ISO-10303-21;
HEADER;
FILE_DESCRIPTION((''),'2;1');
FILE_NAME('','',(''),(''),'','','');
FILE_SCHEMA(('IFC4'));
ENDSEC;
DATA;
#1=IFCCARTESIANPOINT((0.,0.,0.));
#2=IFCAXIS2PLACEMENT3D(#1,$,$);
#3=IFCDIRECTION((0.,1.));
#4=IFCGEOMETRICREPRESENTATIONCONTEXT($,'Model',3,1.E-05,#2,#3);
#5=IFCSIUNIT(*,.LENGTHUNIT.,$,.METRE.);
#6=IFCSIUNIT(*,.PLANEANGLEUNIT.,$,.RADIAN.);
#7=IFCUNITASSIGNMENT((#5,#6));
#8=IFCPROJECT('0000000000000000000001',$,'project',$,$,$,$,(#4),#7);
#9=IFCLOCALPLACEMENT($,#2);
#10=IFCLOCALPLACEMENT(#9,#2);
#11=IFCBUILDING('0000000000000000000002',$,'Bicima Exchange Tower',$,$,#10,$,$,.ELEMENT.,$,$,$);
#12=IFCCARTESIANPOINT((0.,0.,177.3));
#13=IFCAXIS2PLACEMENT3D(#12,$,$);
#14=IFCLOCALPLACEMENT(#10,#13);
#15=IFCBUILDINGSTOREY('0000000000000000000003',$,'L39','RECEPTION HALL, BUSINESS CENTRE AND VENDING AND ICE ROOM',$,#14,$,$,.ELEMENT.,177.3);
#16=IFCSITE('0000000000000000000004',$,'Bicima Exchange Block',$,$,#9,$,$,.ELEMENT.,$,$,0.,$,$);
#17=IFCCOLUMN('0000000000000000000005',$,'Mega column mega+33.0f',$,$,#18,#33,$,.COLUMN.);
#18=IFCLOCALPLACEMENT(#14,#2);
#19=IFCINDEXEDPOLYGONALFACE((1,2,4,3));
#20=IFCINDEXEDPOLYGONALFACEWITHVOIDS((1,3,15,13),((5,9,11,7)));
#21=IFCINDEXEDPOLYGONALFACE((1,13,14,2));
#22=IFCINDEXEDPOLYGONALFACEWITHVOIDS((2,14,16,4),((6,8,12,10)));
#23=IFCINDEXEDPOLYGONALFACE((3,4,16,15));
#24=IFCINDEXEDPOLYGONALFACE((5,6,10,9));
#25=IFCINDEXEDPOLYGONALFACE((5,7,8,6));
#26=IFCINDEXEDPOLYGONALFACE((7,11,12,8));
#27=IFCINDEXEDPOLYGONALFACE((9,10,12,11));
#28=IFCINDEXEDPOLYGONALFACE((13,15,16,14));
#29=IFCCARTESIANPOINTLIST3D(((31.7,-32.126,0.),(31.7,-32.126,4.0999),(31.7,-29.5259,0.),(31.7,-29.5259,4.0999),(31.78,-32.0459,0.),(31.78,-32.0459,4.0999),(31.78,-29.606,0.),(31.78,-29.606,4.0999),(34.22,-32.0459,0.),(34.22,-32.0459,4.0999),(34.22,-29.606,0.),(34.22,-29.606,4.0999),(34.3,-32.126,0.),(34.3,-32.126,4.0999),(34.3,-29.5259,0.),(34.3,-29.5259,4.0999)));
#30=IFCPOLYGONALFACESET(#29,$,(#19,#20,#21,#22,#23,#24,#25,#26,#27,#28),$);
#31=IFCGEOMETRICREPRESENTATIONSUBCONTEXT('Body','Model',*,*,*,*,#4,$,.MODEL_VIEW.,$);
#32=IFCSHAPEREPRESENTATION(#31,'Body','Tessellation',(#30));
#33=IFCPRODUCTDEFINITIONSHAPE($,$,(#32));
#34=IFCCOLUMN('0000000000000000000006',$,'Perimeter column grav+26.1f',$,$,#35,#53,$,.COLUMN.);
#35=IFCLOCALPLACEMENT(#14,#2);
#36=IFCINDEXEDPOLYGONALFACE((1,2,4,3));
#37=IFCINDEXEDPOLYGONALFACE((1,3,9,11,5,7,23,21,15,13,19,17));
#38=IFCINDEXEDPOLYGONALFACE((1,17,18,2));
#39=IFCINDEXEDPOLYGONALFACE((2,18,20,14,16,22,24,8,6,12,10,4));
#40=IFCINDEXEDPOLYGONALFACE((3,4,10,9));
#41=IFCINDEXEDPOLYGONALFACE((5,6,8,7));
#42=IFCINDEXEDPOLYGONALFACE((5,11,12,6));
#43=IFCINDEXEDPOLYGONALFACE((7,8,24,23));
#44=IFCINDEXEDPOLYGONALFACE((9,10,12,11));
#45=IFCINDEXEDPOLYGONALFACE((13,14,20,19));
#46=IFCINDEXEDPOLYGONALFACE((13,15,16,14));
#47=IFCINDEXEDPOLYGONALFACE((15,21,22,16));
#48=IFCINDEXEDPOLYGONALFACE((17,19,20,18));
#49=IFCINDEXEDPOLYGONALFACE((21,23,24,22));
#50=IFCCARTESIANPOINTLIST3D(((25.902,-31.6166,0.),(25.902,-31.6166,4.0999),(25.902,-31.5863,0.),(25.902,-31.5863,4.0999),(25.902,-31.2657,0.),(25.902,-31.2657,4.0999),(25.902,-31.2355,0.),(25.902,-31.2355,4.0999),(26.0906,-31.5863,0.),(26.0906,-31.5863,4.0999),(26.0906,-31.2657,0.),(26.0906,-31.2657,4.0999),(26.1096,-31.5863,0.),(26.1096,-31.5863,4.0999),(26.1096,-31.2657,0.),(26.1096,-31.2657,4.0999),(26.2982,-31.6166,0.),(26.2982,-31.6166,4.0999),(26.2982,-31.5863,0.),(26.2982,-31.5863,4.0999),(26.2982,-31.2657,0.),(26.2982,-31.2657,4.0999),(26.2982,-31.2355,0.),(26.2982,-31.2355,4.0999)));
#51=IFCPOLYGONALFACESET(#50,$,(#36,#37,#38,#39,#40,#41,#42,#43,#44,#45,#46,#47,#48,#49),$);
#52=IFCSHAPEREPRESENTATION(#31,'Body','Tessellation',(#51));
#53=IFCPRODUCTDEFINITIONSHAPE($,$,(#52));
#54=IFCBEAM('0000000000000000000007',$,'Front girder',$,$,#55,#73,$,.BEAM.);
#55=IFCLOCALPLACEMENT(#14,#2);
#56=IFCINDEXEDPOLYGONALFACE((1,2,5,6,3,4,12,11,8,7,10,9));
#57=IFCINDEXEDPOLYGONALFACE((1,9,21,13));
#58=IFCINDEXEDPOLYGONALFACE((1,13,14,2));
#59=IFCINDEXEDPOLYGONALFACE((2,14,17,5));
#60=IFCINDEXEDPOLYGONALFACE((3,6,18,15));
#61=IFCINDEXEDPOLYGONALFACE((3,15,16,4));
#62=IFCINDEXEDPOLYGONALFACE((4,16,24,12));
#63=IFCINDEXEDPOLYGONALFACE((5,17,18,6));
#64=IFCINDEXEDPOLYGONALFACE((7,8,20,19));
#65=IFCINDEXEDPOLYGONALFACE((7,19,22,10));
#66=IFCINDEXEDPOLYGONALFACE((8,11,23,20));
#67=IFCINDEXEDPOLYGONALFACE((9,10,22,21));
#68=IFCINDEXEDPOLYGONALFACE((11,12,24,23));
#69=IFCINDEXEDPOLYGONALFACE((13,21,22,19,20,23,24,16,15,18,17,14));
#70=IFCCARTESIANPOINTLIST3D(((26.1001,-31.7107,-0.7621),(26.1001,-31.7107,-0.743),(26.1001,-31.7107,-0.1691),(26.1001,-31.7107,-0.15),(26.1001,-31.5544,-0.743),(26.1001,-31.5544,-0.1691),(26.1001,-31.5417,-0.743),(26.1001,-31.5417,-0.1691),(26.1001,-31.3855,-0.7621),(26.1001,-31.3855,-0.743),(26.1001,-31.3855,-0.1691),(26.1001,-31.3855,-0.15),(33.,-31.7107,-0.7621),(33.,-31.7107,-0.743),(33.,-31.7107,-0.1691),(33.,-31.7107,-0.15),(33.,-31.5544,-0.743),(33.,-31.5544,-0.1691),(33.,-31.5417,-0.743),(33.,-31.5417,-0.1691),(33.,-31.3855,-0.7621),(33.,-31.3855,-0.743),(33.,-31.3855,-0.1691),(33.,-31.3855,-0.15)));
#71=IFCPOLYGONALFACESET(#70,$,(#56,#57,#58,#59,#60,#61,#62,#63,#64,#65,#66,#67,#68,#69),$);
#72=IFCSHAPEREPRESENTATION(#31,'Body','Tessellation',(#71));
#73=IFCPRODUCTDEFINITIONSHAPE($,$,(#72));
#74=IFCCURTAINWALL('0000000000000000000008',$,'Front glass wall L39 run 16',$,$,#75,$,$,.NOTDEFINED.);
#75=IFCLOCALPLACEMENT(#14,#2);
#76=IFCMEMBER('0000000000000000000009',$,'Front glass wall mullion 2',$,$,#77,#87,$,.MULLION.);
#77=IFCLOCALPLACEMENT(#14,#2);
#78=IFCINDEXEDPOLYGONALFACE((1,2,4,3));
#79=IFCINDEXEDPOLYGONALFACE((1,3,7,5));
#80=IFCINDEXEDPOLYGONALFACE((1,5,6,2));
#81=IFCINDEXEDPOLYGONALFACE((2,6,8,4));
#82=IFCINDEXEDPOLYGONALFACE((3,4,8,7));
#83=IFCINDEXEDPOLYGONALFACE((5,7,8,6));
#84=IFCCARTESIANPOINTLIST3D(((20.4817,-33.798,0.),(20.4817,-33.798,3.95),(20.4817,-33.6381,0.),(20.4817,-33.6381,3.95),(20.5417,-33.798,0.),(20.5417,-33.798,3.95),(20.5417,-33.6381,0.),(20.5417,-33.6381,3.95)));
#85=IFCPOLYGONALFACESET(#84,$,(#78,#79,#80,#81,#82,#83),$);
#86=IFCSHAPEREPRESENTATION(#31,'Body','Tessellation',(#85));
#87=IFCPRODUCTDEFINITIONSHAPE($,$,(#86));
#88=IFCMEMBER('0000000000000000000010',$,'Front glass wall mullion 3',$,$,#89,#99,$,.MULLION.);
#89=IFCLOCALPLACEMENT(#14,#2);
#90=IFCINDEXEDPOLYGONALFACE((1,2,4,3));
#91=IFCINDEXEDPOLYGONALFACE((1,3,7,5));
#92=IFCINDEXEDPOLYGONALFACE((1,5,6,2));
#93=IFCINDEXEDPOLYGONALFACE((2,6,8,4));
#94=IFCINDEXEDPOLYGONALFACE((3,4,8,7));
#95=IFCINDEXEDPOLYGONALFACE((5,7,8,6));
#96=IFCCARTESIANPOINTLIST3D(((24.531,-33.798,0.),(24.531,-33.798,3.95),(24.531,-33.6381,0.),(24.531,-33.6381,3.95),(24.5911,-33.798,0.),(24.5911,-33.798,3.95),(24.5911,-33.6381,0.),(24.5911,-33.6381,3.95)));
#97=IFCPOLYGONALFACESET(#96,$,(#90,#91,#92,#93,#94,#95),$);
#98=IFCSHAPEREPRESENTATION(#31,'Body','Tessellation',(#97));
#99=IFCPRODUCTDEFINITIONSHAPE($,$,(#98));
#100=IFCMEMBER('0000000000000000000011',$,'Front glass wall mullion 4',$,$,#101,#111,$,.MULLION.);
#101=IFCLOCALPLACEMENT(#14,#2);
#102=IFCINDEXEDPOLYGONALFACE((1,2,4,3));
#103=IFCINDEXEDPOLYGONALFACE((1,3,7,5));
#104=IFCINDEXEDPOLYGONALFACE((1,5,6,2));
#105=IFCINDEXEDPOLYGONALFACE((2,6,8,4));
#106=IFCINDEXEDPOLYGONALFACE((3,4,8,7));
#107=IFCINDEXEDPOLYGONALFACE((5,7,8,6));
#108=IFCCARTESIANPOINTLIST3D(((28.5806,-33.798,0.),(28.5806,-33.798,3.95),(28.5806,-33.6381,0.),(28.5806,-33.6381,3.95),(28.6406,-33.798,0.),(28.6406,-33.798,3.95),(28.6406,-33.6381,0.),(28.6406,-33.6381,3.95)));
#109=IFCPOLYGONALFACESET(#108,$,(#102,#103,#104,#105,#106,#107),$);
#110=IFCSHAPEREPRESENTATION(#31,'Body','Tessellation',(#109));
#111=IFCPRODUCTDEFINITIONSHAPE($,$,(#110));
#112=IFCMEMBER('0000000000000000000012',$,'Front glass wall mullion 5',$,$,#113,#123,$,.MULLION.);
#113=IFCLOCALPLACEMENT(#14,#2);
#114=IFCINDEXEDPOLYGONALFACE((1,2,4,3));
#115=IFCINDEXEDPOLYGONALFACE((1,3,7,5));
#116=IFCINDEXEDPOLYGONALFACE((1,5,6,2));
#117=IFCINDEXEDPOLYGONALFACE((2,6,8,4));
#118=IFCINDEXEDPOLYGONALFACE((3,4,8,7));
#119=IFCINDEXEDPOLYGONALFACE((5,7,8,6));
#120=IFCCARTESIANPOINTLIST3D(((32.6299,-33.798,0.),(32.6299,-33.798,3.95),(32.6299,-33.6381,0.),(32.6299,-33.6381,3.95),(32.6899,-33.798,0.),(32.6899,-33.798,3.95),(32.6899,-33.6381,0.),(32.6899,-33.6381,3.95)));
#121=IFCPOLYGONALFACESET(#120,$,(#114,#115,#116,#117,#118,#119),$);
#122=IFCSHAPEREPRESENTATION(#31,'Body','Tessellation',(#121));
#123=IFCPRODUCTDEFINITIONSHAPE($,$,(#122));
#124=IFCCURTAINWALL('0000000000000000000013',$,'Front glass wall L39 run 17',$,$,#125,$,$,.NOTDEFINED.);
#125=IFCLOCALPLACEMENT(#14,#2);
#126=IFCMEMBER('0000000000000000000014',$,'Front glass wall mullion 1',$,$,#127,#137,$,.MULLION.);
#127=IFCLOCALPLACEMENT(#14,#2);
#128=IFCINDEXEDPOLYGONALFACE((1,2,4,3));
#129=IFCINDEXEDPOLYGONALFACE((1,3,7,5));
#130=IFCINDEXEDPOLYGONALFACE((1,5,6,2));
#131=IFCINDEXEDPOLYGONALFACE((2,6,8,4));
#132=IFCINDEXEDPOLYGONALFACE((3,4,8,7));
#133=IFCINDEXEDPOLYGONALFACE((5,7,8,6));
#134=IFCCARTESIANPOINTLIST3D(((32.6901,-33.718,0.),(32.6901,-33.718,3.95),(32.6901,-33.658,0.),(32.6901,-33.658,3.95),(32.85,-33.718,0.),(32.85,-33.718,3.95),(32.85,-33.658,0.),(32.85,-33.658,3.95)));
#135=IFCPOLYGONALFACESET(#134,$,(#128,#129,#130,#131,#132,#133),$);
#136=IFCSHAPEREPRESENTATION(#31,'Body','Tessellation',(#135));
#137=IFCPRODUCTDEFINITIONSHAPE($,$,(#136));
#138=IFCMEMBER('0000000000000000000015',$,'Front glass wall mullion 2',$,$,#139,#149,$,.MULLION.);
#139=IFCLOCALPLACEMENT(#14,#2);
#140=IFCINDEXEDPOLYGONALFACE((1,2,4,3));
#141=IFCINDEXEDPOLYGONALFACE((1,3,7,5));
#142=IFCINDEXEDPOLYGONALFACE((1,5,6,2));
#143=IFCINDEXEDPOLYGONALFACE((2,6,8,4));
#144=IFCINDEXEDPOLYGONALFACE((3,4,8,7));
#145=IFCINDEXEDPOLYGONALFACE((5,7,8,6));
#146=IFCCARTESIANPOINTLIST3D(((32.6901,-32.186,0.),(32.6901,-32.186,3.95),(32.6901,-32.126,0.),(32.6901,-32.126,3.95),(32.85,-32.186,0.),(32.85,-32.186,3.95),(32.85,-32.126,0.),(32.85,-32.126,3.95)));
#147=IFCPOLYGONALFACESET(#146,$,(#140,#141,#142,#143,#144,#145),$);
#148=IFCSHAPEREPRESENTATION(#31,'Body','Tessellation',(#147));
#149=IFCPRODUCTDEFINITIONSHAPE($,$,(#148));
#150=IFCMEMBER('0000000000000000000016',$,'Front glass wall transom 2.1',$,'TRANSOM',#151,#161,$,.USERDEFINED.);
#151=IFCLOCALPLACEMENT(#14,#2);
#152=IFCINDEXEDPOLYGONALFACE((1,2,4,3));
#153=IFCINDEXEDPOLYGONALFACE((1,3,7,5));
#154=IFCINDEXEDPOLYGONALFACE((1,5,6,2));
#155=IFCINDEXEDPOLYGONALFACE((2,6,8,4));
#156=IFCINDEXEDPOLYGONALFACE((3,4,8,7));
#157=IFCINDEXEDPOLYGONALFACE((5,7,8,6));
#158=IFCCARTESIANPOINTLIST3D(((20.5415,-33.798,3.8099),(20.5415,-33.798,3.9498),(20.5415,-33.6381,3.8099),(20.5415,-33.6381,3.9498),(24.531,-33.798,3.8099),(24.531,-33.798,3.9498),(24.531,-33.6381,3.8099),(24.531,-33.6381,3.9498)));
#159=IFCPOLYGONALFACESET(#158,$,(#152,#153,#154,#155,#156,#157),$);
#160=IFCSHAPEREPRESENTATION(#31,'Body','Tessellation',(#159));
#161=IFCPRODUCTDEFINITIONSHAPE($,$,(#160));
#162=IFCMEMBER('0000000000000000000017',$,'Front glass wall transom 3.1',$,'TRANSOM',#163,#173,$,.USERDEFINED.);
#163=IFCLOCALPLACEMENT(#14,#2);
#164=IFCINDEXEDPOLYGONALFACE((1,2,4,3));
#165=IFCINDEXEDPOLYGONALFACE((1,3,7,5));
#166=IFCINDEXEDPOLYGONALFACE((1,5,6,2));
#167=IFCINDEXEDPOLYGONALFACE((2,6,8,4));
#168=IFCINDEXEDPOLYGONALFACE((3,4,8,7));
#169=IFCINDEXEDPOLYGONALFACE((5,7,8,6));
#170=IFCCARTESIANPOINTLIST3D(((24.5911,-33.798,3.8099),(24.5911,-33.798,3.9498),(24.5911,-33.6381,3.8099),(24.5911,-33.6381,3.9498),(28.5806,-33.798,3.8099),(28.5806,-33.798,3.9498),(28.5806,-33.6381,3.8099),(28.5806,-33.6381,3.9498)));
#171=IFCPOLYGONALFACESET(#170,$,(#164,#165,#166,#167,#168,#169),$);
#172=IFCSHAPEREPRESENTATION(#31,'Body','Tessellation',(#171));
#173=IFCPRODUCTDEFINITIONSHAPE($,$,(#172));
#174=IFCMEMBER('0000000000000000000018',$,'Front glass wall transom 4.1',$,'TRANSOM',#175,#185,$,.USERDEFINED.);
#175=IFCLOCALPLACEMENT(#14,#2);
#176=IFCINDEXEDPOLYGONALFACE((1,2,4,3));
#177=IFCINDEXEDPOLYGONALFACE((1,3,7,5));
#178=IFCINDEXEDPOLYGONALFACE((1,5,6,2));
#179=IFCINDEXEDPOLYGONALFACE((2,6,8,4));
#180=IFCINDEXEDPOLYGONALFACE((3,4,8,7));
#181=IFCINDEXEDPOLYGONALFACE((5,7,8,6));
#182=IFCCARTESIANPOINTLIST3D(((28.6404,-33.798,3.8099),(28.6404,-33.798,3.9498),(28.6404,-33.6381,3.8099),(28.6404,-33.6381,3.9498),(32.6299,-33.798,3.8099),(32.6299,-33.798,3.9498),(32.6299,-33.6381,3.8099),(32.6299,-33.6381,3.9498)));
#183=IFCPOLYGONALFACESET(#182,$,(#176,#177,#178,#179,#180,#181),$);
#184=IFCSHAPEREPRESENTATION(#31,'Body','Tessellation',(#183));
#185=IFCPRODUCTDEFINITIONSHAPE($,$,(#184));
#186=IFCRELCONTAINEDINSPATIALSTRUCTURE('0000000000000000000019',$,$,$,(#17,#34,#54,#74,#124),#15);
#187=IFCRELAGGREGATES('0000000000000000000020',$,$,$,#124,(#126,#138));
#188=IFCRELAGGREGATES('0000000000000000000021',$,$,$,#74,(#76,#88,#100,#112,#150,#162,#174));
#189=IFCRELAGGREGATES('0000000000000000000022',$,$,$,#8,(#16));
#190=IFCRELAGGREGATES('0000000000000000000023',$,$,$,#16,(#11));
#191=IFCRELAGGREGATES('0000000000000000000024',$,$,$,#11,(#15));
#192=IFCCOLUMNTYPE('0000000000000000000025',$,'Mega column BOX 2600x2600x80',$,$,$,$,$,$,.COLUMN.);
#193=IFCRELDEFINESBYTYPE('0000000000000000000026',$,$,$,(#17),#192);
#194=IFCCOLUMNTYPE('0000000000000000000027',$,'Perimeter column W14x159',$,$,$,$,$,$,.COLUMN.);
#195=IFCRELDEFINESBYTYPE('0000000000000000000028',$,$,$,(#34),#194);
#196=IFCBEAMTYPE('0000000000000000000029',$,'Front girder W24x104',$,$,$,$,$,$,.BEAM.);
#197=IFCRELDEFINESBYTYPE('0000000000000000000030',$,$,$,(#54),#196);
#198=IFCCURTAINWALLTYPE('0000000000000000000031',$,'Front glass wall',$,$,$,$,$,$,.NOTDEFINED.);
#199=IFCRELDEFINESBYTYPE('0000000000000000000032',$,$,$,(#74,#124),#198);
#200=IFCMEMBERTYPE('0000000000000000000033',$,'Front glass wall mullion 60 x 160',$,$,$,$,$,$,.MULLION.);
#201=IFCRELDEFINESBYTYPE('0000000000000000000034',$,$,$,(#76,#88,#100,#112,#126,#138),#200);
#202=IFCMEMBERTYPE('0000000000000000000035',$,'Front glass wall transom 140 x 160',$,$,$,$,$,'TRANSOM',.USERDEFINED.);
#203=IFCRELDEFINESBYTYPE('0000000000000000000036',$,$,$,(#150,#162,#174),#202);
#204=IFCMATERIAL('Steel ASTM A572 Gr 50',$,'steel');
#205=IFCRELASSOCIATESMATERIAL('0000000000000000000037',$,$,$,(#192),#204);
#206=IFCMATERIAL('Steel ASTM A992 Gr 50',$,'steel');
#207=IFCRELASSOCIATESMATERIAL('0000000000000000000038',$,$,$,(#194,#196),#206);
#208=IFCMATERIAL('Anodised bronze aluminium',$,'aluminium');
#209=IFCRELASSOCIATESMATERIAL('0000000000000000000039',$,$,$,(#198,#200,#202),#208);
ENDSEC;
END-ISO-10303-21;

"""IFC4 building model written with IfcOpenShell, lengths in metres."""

from ifc_helpers import new_model, si_unit, direction, frame, origin, origin_2d, place, context, subcontext, project, spatial, rectangle, hollow_rectangle, i_section, extrude, material, material_profile, profile_set, type_object, element, aggregate, save


model = new_model("IFC4")

# Units and contexts
model_context = context("Model", 3, precision=1e-05, world=origin(), true_north=direction((0.0, 1.0)))
body_context = subcontext(model_context, "Body", "Model", "MODEL_VIEW")
ifc_project = project(units=[si_unit("LENGTHUNIT", "METRE"), si_unit("PLANEANGLEUNIT", "RADIAN")], contexts=[model_context])

# Site, building, storey
site_placement = place(None, origin())
site = spatial("IfcSite", under=ifc_project, at=site_placement, Name="Bicima Exchange Block", CompositionType="ELEMENT", RefElevation=0.0)
building_placement = place(site_placement, origin())
building = spatial("IfcBuilding", under=site, at=building_placement, Name="Bicima Exchange Tower", CompositionType="ELEMENT")
storey_placement = place(building_placement, frame((0.0, 0.0, 177.3)))
storey = spatial("IfcBuildingStorey", under=building, at=storey_placement, Name="L39", Description="RECEPTION HALL, BUSINESS CENTRE AND VENDING AND ICE ROOM", CompositionType="ELEMENT", Elevation=177.3)

# Columns
ifc_material_1 = material(Name="Steel ASTM A572 Gr 50", Category="steel")
ifc_material_profile_1 = material_profile(ifc_material_1, hollow_rectangle(XDim=2.6001, YDim=2.6001, WallThickness=0.0801, at=origin_2d()))
ifc_profile_set_1 = profile_set([ifc_material_profile_1], Name="Steel ASTM A572 Gr 50")
column_type_1 = type_object("IfcColumnType", Name="Mega column BOX 2600x2600x80", PredefinedType="COLUMN", material=ifc_profile_set_1)
column_1_placement = place(storey_placement, frame((33.0, -30.8259, 0.0), z_axis=(0.0, 0.0, 1.0), x_axis=(1.0, 0.0, 0.0)))
element("IfcColumn", 1, at=column_1_placement, inside=storey, type_object=column_type_1, Name="Mega column mega+33.0f", PredefinedType="COLUMN", context=body_context, shape_type="SweptSolid", body=[
    extrude(hollow_rectangle(XDim=2.6001, YDim=2.6001, WallThickness=0.0801, at=origin_2d()), origin(), (0.0, 0.0, 1.0), 4.0999),
])
ifc_material_2 = material(Name="Steel ASTM A992 Gr 50", Category="steel")
ifc_material_profile_2 = material_profile(ifc_material_2, i_section(OverallWidth=0.3962, OverallDepth=0.3811, WebThickness=0.019, FlangeThickness=0.0303, at=origin_2d()))
ifc_profile_set_2 = profile_set([ifc_material_profile_2], Name="Steel ASTM A992 Gr 50")
column_type_2 = type_object("IfcColumnType", Name="Perimeter column W14x159", PredefinedType="COLUMN", material=ifc_profile_set_2)
column_2_placement = place(storey_placement, frame((26.1001, -31.426, 0.0), z_axis=(0.0, 0.0, 1.0), x_axis=(1.0, 0.0, 0.0)))
element("IfcColumn", 2, at=column_2_placement, inside=storey, type_object=column_type_2, Name="Perimeter column grav+26.1f", PredefinedType="COLUMN", context=body_context, shape_type="SweptSolid", body=[
    extrude(i_section(OverallWidth=0.3962, OverallDepth=0.3811, WebThickness=0.019, FlangeThickness=0.0303, at=origin_2d()), origin(), (0.0, 0.0, 1.0), 4.0999),
])

# Beam
ifc_material_profile_3 = material_profile(ifc_material_2, i_section(OverallWidth=0.3252, OverallDepth=0.6121, WebThickness=0.0127, FlangeThickness=0.019, at=origin_2d()))
ifc_profile_set_3 = profile_set([ifc_material_profile_3], Name="Steel ASTM A992 Gr 50")
beam_type = type_object("IfcBeamType", Name="Front girder W24x104", PredefinedType="BEAM", material=ifc_profile_set_3)
beam_placement = place(storey_placement, frame((26.1001, -31.5481, -0.4561), z_axis=(1.0, 0.0, 0.0), x_axis=(0.0, 1.0, 0.0)))
element("IfcBeam", 3, at=beam_placement, inside=storey, type_object=beam_type, Name="Front girder", PredefinedType="BEAM", context=body_context, shape_type="SweptSolid", body=[
    extrude(i_section(OverallWidth=0.3252, OverallDepth=0.6121, WebThickness=0.0127, FlangeThickness=0.019, at=origin_2d()), origin(), (0.0, 0.0, 1.0), 6.8999),
])

# Curtain walls, members
ifc_material_3 = material(Name="Anodised bronze aluminium", Category="aluminium")
curtain_wall_type = type_object("IfcCurtainWallType", Name="Front glass wall", PredefinedType="NOTDEFINED", material=ifc_material_3)
curtain_wall_1_placement = place(storey_placement, origin())
curtain_wall_1 = element("IfcCurtainWall", 4, at=curtain_wall_1_placement, inside=storey, type_object=curtain_wall_type, Name="Front glass wall L39 run 16", PredefinedType="NOTDEFINED")
ifc_material_profile_4 = material_profile(ifc_material_3, rectangle(XDim=0.1599, YDim=0.0601, at=origin_2d()))
ifc_profile_set_4 = profile_set([ifc_material_profile_4], Name="Anodised bronze aluminium")
member_type_1 = type_object("IfcMemberType", Name="Front glass wall mullion 60 x 160", PredefinedType="MULLION", material=ifc_profile_set_4)
member_1_placement = place(storey_placement, frame((20.5117, -33.718, 0.0), z_axis=(0.0, 0.0, 1.0), x_axis=(0.0, 1.0, 0.0)))
member_1 = element("IfcMember", 5, at=member_1_placement, type_object=member_type_1, Name="Front glass wall mullion 2", PredefinedType="MULLION", context=body_context, shape_type="SweptSolid", body=[
    extrude(rectangle(XDim=0.1599, YDim=0.0601, at=origin_2d()), origin(), (0.0, 0.0, 1.0), 3.95),
])
member_2_placement = place(storey_placement, frame((24.561, -33.718, 0.0), z_axis=(0.0, 0.0, 1.0), x_axis=(0.0, 1.0, 0.0)))
member_2 = element("IfcMember", 6, at=member_2_placement, type_object=member_type_1, Name="Front glass wall mullion 3", PredefinedType="MULLION", context=body_context, shape_type="SweptSolid", body=[
    extrude(rectangle(XDim=0.1599, YDim=0.0601, at=origin_2d()), origin(), (0.0, 0.0, 1.0), 3.95),
])
member_3_placement = place(storey_placement, frame((28.6106, -33.718, 0.0), z_axis=(0.0, 0.0, 1.0), x_axis=(0.0, 1.0, 0.0)))
member_3 = element("IfcMember", 7, at=member_3_placement, type_object=member_type_1, Name="Front glass wall mullion 4", PredefinedType="MULLION", context=body_context, shape_type="SweptSolid", body=[
    extrude(rectangle(XDim=0.1599, YDim=0.0601, at=origin_2d()), origin(), (0.0, 0.0, 1.0), 3.95),
])
member_4_placement = place(storey_placement, frame((32.6599, -33.718, 0.0), z_axis=(0.0, 0.0, 1.0), x_axis=(0.0, 1.0, 0.0)))
member_4 = element("IfcMember", 8, at=member_4_placement, type_object=member_type_1, Name="Front glass wall mullion 5", PredefinedType="MULLION", context=body_context, shape_type="SweptSolid", body=[
    extrude(rectangle(XDim=0.1599, YDim=0.0601, at=origin_2d()), origin(), (0.0, 0.0, 1.0), 3.95),
])
curtain_wall_2_placement = place(storey_placement, origin())
curtain_wall_2 = element("IfcCurtainWall", 9, at=curtain_wall_2_placement, inside=storey, type_object=curtain_wall_type, Name="Front glass wall L39 run 17", PredefinedType="NOTDEFINED")
member_5_placement = place(storey_placement, frame((32.77, -33.688, 0.0), z_axis=(0.0, 0.0, 1.0), x_axis=(-1.0, 0.0, 0.0)))
member_5 = element("IfcMember", 10, at=member_5_placement, type_object=member_type_1, Name="Front glass wall mullion 1", PredefinedType="MULLION", context=body_context, shape_type="SweptSolid", body=[
    extrude(rectangle(XDim=0.1599, YDim=0.0601, at=origin_2d()), origin(), (0.0, 0.0, 1.0), 3.95),
])
member_6_placement = place(storey_placement, frame((32.77, -32.156, 0.0), z_axis=(0.0, 0.0, 1.0), x_axis=(-1.0, 0.0, 0.0)))
member_6 = element("IfcMember", 11, at=member_6_placement, type_object=member_type_1, Name="Front glass wall mullion 2", PredefinedType="MULLION", context=body_context, shape_type="SweptSolid", body=[
    extrude(rectangle(XDim=0.1599, YDim=0.0601, at=origin_2d()), origin(), (0.0, 0.0, 1.0), 3.95),
])

# Members
ifc_material_profile_5 = material_profile(ifc_material_3, rectangle(XDim=0.1599, YDim=0.1399, at=origin_2d()))
ifc_profile_set_5 = profile_set([ifc_material_profile_5], Name="Anodised bronze aluminium")
member_type_2 = type_object("IfcMemberType", Name="Front glass wall transom 140 x 160", ElementType="TRANSOM", PredefinedType="USERDEFINED", material=ifc_profile_set_5)
member_7_placement = place(storey_placement, frame((20.5415, -33.718, 3.8799), z_axis=(1.0, 0.0, 0.0), x_axis=(0.0, 1.0, 0.0)))
member_7 = element("IfcMember", 12, at=member_7_placement, type_object=member_type_2, Name="Front glass wall transom 2.1", ObjectType="TRANSOM", PredefinedType="USERDEFINED", context=body_context, shape_type="SweptSolid", body=[
    extrude(rectangle(XDim=0.1599, YDim=0.1399, at=origin_2d()), origin(), (0.0, 0.0, 1.0), 3.9895),
])
member_8_placement = place(storey_placement, frame((24.5911, -33.718, 3.8799), z_axis=(1.0, 0.0, 0.0), x_axis=(0.0, 1.0, 0.0)))
member_8 = element("IfcMember", 13, at=member_8_placement, type_object=member_type_2, Name="Front glass wall transom 3.1", ObjectType="TRANSOM", PredefinedType="USERDEFINED", context=body_context, shape_type="SweptSolid", body=[
    extrude(rectangle(XDim=0.1599, YDim=0.1399, at=origin_2d()), origin(), (0.0, 0.0, 1.0), 3.9895),
])
member_9_placement = place(storey_placement, frame((28.6404, -33.718, 3.8799), z_axis=(1.0, 0.0, 0.0), x_axis=(0.0, 1.0, 0.0)))
member_9 = element("IfcMember", 14, at=member_9_placement, type_object=member_type_2, Name="Front glass wall transom 4.1", ObjectType="TRANSOM", PredefinedType="USERDEFINED", context=body_context, shape_type="SweptSolid", body=[
    extrude(rectangle(XDim=0.1599, YDim=0.1399, at=origin_2d()), origin(), (0.0, 0.0, 1.0), 3.9895),
])

aggregate(curtain_wall_2, [member_5, member_6])
aggregate(curtain_wall_1, [member_1, member_2, member_3, member_4, member_7, member_8, member_9])

save(model, "model.ifc")
